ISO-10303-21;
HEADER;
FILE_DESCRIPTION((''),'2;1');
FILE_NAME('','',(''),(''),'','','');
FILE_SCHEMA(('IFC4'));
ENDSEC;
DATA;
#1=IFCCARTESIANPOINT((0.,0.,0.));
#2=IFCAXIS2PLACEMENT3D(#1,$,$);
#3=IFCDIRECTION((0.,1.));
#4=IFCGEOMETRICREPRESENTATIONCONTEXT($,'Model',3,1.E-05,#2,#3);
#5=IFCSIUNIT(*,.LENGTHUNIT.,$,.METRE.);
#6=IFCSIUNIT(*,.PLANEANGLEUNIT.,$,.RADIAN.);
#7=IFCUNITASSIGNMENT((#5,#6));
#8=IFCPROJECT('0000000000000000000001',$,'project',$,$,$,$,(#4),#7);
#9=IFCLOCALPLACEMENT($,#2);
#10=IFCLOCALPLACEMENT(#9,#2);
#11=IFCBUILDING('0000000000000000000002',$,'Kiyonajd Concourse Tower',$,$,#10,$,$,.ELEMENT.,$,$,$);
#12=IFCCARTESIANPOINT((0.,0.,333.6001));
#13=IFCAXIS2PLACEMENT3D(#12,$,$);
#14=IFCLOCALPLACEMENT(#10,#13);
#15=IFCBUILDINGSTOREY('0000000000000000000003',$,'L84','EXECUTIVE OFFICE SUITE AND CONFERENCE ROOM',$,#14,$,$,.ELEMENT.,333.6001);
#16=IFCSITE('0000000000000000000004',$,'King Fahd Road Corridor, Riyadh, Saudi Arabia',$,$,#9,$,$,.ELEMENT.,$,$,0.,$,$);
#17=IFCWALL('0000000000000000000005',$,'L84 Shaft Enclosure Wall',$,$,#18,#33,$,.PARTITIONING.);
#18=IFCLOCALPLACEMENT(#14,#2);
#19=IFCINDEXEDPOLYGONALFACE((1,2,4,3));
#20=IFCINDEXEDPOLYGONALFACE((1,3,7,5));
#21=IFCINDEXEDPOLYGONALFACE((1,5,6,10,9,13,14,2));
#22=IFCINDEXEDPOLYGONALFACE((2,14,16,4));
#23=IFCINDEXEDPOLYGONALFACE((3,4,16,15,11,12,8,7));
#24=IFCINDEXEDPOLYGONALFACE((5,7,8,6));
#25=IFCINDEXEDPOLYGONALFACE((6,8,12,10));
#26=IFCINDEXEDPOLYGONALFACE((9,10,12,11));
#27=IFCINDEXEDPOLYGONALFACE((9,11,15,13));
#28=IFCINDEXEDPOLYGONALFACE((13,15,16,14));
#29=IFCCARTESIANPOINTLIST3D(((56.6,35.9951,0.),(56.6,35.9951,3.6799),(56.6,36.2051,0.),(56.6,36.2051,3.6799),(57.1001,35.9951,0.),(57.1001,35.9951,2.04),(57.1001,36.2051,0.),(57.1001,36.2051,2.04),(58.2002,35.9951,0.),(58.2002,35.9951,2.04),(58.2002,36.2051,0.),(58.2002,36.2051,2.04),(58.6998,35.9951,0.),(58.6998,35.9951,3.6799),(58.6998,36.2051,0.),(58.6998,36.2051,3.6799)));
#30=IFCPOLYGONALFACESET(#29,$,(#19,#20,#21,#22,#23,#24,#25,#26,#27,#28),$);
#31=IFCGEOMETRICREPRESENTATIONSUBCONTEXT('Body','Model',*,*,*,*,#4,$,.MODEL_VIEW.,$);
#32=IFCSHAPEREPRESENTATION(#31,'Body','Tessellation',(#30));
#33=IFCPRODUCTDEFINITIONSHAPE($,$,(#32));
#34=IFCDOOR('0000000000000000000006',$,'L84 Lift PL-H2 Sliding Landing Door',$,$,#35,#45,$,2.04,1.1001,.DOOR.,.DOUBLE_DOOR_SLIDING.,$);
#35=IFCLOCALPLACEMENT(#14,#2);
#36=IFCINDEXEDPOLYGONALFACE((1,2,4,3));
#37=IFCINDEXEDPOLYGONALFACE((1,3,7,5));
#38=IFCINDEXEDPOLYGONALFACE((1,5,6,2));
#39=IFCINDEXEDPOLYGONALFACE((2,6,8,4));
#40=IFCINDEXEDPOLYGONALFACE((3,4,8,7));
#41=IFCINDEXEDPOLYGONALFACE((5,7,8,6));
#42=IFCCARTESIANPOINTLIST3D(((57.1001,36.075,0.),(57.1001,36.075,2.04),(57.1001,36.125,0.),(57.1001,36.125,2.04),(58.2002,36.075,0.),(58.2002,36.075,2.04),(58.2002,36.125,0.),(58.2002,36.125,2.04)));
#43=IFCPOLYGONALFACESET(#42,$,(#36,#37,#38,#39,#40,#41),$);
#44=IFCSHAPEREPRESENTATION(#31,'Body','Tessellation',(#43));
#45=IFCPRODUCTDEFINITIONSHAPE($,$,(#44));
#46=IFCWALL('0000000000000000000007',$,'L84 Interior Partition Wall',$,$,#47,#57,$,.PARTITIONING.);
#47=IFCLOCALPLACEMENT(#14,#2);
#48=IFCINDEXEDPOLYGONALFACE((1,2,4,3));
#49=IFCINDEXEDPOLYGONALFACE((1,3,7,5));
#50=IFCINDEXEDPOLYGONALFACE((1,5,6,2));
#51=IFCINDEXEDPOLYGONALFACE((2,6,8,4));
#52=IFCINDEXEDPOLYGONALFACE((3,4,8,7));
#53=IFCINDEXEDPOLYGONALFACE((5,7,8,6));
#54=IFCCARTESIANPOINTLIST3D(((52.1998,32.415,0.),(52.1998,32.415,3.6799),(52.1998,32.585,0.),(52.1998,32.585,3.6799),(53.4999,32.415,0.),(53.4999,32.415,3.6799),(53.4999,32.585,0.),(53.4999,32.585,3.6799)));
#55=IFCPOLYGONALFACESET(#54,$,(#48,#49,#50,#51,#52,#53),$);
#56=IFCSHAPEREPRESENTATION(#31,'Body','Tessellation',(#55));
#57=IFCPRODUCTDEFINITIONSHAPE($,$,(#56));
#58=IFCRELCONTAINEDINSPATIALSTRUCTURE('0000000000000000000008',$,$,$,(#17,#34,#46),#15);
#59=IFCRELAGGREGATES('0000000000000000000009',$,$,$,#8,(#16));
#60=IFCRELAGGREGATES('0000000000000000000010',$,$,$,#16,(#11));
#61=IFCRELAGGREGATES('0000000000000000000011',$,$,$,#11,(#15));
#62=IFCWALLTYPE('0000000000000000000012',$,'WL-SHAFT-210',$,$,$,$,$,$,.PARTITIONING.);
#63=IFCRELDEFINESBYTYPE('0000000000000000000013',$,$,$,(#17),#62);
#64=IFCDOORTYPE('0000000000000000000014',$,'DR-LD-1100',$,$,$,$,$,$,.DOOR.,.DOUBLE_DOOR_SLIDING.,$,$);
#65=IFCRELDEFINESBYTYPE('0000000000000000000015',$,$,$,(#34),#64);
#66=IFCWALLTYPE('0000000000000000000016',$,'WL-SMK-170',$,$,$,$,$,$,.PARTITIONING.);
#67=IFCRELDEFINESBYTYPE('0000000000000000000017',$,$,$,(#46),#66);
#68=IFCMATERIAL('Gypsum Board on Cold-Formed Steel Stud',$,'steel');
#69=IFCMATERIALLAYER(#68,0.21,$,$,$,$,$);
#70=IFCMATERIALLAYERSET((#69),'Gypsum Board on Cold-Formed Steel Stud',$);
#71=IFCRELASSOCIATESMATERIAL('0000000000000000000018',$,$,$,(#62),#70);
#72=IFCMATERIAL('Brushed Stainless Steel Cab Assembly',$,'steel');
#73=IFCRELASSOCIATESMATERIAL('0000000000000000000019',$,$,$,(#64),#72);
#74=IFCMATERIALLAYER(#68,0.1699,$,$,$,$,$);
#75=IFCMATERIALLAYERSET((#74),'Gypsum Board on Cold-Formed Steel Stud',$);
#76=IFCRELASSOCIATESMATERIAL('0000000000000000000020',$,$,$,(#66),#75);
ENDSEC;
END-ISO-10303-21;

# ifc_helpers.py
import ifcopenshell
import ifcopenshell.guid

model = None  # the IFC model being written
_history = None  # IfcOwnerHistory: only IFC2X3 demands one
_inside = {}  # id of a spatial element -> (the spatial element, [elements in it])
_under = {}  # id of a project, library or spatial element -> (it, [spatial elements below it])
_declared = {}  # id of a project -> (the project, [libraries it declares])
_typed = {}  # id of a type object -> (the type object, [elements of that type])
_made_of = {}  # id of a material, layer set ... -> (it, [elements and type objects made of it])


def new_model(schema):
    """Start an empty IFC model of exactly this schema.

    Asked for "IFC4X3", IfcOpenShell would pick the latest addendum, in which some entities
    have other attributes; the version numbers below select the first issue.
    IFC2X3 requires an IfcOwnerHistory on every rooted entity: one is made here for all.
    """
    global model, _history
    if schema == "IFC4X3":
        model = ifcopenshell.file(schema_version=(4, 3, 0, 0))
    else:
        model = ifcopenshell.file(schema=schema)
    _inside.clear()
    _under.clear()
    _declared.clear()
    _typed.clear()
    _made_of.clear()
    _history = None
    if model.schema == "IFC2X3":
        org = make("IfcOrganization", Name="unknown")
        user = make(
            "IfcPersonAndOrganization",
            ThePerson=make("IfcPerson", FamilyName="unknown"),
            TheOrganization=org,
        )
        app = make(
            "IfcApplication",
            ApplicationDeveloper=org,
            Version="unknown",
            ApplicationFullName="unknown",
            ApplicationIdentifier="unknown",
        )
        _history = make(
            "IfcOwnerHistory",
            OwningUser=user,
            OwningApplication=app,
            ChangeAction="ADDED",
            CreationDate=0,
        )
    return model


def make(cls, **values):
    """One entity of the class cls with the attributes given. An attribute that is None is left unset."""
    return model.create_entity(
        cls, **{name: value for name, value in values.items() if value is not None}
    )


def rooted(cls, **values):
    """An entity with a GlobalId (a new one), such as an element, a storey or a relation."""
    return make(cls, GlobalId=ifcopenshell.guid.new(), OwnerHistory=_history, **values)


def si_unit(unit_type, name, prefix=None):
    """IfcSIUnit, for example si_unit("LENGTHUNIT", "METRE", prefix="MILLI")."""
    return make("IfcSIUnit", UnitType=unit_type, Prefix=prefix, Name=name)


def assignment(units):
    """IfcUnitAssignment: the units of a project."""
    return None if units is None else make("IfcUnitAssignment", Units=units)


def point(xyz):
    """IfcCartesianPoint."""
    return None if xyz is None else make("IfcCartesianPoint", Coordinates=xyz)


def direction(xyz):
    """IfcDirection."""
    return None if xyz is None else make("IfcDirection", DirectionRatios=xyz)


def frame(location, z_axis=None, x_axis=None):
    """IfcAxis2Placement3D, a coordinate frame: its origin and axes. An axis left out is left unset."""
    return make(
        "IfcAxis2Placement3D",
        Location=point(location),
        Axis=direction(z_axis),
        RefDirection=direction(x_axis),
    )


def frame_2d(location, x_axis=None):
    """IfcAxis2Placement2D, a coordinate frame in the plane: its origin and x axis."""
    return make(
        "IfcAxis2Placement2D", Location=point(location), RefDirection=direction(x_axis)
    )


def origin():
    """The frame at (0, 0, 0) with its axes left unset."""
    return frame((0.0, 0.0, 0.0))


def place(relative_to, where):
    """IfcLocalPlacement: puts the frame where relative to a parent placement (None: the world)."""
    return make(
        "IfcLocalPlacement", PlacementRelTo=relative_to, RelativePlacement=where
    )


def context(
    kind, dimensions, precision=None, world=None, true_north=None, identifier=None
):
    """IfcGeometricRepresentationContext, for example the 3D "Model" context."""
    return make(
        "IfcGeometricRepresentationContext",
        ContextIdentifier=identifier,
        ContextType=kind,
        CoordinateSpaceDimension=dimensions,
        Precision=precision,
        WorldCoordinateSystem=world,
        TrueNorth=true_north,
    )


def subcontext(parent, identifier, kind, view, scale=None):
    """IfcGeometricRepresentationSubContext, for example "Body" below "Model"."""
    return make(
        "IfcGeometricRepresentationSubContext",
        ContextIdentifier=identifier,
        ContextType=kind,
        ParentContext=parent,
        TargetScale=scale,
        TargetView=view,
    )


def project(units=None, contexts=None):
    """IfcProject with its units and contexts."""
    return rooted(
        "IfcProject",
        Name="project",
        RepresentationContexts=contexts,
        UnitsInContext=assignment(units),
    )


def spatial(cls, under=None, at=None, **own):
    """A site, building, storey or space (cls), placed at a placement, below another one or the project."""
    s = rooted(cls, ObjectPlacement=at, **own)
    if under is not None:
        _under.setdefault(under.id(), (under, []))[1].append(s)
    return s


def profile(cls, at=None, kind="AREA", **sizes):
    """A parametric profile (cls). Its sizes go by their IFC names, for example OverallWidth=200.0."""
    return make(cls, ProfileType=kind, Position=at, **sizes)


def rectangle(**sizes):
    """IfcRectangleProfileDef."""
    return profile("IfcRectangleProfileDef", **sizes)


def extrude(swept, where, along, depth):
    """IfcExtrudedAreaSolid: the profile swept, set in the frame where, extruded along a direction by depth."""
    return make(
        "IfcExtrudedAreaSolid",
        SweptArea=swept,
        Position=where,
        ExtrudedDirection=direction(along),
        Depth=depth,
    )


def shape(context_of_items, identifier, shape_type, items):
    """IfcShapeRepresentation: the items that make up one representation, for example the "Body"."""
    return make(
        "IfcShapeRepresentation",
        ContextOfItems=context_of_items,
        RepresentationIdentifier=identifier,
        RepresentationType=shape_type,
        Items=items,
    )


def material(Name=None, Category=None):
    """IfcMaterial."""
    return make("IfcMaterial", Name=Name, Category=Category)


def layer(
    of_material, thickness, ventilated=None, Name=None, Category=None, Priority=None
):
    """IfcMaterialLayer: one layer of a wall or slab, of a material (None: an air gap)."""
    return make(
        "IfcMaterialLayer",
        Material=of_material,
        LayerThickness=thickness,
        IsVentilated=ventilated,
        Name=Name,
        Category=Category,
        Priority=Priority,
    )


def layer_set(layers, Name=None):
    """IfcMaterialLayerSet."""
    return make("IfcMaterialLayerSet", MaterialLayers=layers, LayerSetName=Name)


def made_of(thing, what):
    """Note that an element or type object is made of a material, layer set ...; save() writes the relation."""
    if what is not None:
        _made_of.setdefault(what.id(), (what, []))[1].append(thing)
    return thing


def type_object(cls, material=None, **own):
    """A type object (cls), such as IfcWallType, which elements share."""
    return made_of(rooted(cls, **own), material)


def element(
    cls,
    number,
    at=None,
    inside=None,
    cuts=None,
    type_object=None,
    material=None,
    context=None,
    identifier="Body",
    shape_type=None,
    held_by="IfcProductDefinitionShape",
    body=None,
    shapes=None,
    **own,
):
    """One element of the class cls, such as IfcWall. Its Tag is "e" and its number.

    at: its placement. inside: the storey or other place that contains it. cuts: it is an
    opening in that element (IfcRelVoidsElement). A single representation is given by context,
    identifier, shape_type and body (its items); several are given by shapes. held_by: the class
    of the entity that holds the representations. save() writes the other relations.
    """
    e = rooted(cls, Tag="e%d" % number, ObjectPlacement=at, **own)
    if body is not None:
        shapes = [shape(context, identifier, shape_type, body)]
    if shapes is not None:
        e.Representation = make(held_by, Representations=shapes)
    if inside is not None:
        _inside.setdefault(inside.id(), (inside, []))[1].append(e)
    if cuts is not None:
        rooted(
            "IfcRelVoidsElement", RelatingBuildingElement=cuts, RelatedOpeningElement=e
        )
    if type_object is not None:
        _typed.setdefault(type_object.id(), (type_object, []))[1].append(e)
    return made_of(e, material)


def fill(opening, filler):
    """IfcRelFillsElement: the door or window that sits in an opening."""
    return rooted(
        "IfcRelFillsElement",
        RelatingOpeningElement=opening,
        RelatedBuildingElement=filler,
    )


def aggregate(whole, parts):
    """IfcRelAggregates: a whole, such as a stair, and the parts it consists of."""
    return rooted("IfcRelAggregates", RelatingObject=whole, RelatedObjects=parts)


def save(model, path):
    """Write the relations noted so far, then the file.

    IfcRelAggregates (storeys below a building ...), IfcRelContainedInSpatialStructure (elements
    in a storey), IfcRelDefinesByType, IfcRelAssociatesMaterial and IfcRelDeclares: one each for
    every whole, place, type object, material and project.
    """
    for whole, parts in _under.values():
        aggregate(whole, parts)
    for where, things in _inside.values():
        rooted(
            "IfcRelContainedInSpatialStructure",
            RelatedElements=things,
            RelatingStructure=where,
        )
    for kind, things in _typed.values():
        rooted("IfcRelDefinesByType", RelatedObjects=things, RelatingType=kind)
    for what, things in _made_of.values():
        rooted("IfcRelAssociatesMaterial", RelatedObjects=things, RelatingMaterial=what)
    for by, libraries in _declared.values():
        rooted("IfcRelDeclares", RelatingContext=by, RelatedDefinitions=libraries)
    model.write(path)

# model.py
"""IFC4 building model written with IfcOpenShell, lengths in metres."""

from ifc_helpers import new_model, si_unit, direction, frame, frame_2d, origin, place, context, subcontext, project, spatial, rectangle, extrude, material, layer, layer_set, type_object, element, fill, save


model = new_model("IFC4")

# Units and contexts
model_context = context("Model", 3, precision=1e-05, world=origin(), true_north=direction((0.0, 1.0)))
body_context = subcontext(model_context, "Body", "Model", "MODEL_VIEW")
ifc_project = project(units=[si_unit("LENGTHUNIT", "METRE"), si_unit("PLANEANGLEUNIT", "RADIAN")], contexts=[model_context])

# Site, building, storey
site_placement = place(None, origin())
site = spatial("IfcSite", under=ifc_project, at=site_placement, Name="King Fahd Road Corridor, Riyadh, Saudi Arabia", CompositionType="ELEMENT", RefElevation=0.0)
building_placement = place(site_placement, origin())
building = spatial("IfcBuilding", under=site, at=building_placement, Name="Kiyonajd Concourse Tower", CompositionType="ELEMENT")
storey_placement = place(building_placement, frame((0.0, 0.0, 333.6001)))
storey = spatial("IfcBuildingStorey", under=building, at=storey_placement, Name="L84", Description="EXECUTIVE OFFICE SUITE AND CONFERENCE ROOM", CompositionType="ELEMENT", Elevation=333.6001)

# Shared definitions
ifc_material_1 = material(Name="Gypsum Board on Cold-Formed Steel Stud", Category="steel")
ifc_layer_1 = layer(ifc_material_1, 0.21)
ifc_layer_set_1 = layer_set([ifc_layer_1], Name="Gypsum Board on Cold-Formed Steel Stud")
wall_type_1 = type_object("IfcWallType", Name="WL-SHAFT-210", PredefinedType="PARTITIONING", material=ifc_layer_set_1)
ifc_material_2 = material(Name="Brushed Stainless Steel Cab Assembly", Category="steel")

# Shared definitions
door_type_1 = type_object("IfcDoorType", Name="DR-LD-1100", OperationType="DOUBLE_DOOR_SLIDING", PredefinedType="DOOR", material=ifc_material_2)

# Wall, opening, door
wall_1_placement = place(storey_placement, frame((56.6001, 36.1001, 0.0), z_axis=(0.0, 0.0, 1.0), x_axis=(1.0, 0.0, 0.0)))
wall_1 = element("IfcWall", 1, at=wall_1_placement, inside=storey, type_object=wall_type_1, Name="L84 Shaft Enclosure Wall", PredefinedType="PARTITIONING", context=body_context, shape_type="SweptSolid", body=[
    extrude(rectangle(XDim=2.0999, YDim=0.21, at=frame_2d((1.0498, 0.0))), origin(), (0.0, 0.0, 1.0), 3.6799),
])
opening_1_placement = place(wall_1_placement, frame((0.5, 0.0, 0.0)))
opening_1 = element("IfcOpeningElement", 2, at=opening_1_placement, cuts=wall_1, PredefinedType="OPENING", context=body_context, shape_type="SweptSolid", body=[
    extrude(rectangle(XDim=1.1001, YDim=2.04, at=frame_2d((0.55, 1.02))), frame((0.0, 0.115, 0.0), z_axis=(0.0, -1.0, 0.0), x_axis=(1.0, 0.0, 0.0)), (0.0, 0.0, 1.0), 0.23),
])
door_1_placement = place(opening_1_placement, origin())
door_1 = element("IfcDoor", 3, at=door_1_placement, inside=storey, type_object=door_type_1, Name="L84 Lift PL-H2 Sliding Landing Door", OperationType="DOUBLE_DOOR_SLIDING", OverallHeight=2.04, OverallWidth=1.1001, PredefinedType="DOOR", context=body_context, shape_type="SweptSolid", body=[
    extrude(rectangle(XDim=1.1001, YDim=2.04, at=frame_2d((0.55, 1.02))), frame((0.0, 0.0249, 0.0), z_axis=(0.0, -1.0, 0.0), x_axis=(1.0, 0.0, 0.0)), (0.0, 0.0, 1.0), 0.05),
])
fill(opening_1, door_1)

# Wall
ifc_layer_2 = layer(ifc_material_1, 0.1699)
ifc_layer_set_2 = layer_set([ifc_layer_2], Name="Gypsum Board on Cold-Formed Steel Stud")
wall_type_2 = type_object("IfcWallType", Name="WL-SMK-170", PredefinedType="PARTITIONING", material=ifc_layer_set_2)
wall_2_placement = place(storey_placement, frame((52.2, 32.5, 0.0), z_axis=(0.0, 0.0, 1.0), x_axis=(1.0, 0.0, 0.0)))
element("IfcWall", 4, at=wall_2_placement, inside=storey, type_object=wall_type_2, Name="L84 Interior Partition Wall", PredefinedType="PARTITIONING", context=body_context, shape_type="SweptSolid", body=[
    extrude(rectangle(XDim=1.3, YDim=0.1699, at=frame_2d((0.6499, 0.0))), origin(), (0.0, 0.0, 1.0), 3.6799),
])

save(model, "model.ifc")
